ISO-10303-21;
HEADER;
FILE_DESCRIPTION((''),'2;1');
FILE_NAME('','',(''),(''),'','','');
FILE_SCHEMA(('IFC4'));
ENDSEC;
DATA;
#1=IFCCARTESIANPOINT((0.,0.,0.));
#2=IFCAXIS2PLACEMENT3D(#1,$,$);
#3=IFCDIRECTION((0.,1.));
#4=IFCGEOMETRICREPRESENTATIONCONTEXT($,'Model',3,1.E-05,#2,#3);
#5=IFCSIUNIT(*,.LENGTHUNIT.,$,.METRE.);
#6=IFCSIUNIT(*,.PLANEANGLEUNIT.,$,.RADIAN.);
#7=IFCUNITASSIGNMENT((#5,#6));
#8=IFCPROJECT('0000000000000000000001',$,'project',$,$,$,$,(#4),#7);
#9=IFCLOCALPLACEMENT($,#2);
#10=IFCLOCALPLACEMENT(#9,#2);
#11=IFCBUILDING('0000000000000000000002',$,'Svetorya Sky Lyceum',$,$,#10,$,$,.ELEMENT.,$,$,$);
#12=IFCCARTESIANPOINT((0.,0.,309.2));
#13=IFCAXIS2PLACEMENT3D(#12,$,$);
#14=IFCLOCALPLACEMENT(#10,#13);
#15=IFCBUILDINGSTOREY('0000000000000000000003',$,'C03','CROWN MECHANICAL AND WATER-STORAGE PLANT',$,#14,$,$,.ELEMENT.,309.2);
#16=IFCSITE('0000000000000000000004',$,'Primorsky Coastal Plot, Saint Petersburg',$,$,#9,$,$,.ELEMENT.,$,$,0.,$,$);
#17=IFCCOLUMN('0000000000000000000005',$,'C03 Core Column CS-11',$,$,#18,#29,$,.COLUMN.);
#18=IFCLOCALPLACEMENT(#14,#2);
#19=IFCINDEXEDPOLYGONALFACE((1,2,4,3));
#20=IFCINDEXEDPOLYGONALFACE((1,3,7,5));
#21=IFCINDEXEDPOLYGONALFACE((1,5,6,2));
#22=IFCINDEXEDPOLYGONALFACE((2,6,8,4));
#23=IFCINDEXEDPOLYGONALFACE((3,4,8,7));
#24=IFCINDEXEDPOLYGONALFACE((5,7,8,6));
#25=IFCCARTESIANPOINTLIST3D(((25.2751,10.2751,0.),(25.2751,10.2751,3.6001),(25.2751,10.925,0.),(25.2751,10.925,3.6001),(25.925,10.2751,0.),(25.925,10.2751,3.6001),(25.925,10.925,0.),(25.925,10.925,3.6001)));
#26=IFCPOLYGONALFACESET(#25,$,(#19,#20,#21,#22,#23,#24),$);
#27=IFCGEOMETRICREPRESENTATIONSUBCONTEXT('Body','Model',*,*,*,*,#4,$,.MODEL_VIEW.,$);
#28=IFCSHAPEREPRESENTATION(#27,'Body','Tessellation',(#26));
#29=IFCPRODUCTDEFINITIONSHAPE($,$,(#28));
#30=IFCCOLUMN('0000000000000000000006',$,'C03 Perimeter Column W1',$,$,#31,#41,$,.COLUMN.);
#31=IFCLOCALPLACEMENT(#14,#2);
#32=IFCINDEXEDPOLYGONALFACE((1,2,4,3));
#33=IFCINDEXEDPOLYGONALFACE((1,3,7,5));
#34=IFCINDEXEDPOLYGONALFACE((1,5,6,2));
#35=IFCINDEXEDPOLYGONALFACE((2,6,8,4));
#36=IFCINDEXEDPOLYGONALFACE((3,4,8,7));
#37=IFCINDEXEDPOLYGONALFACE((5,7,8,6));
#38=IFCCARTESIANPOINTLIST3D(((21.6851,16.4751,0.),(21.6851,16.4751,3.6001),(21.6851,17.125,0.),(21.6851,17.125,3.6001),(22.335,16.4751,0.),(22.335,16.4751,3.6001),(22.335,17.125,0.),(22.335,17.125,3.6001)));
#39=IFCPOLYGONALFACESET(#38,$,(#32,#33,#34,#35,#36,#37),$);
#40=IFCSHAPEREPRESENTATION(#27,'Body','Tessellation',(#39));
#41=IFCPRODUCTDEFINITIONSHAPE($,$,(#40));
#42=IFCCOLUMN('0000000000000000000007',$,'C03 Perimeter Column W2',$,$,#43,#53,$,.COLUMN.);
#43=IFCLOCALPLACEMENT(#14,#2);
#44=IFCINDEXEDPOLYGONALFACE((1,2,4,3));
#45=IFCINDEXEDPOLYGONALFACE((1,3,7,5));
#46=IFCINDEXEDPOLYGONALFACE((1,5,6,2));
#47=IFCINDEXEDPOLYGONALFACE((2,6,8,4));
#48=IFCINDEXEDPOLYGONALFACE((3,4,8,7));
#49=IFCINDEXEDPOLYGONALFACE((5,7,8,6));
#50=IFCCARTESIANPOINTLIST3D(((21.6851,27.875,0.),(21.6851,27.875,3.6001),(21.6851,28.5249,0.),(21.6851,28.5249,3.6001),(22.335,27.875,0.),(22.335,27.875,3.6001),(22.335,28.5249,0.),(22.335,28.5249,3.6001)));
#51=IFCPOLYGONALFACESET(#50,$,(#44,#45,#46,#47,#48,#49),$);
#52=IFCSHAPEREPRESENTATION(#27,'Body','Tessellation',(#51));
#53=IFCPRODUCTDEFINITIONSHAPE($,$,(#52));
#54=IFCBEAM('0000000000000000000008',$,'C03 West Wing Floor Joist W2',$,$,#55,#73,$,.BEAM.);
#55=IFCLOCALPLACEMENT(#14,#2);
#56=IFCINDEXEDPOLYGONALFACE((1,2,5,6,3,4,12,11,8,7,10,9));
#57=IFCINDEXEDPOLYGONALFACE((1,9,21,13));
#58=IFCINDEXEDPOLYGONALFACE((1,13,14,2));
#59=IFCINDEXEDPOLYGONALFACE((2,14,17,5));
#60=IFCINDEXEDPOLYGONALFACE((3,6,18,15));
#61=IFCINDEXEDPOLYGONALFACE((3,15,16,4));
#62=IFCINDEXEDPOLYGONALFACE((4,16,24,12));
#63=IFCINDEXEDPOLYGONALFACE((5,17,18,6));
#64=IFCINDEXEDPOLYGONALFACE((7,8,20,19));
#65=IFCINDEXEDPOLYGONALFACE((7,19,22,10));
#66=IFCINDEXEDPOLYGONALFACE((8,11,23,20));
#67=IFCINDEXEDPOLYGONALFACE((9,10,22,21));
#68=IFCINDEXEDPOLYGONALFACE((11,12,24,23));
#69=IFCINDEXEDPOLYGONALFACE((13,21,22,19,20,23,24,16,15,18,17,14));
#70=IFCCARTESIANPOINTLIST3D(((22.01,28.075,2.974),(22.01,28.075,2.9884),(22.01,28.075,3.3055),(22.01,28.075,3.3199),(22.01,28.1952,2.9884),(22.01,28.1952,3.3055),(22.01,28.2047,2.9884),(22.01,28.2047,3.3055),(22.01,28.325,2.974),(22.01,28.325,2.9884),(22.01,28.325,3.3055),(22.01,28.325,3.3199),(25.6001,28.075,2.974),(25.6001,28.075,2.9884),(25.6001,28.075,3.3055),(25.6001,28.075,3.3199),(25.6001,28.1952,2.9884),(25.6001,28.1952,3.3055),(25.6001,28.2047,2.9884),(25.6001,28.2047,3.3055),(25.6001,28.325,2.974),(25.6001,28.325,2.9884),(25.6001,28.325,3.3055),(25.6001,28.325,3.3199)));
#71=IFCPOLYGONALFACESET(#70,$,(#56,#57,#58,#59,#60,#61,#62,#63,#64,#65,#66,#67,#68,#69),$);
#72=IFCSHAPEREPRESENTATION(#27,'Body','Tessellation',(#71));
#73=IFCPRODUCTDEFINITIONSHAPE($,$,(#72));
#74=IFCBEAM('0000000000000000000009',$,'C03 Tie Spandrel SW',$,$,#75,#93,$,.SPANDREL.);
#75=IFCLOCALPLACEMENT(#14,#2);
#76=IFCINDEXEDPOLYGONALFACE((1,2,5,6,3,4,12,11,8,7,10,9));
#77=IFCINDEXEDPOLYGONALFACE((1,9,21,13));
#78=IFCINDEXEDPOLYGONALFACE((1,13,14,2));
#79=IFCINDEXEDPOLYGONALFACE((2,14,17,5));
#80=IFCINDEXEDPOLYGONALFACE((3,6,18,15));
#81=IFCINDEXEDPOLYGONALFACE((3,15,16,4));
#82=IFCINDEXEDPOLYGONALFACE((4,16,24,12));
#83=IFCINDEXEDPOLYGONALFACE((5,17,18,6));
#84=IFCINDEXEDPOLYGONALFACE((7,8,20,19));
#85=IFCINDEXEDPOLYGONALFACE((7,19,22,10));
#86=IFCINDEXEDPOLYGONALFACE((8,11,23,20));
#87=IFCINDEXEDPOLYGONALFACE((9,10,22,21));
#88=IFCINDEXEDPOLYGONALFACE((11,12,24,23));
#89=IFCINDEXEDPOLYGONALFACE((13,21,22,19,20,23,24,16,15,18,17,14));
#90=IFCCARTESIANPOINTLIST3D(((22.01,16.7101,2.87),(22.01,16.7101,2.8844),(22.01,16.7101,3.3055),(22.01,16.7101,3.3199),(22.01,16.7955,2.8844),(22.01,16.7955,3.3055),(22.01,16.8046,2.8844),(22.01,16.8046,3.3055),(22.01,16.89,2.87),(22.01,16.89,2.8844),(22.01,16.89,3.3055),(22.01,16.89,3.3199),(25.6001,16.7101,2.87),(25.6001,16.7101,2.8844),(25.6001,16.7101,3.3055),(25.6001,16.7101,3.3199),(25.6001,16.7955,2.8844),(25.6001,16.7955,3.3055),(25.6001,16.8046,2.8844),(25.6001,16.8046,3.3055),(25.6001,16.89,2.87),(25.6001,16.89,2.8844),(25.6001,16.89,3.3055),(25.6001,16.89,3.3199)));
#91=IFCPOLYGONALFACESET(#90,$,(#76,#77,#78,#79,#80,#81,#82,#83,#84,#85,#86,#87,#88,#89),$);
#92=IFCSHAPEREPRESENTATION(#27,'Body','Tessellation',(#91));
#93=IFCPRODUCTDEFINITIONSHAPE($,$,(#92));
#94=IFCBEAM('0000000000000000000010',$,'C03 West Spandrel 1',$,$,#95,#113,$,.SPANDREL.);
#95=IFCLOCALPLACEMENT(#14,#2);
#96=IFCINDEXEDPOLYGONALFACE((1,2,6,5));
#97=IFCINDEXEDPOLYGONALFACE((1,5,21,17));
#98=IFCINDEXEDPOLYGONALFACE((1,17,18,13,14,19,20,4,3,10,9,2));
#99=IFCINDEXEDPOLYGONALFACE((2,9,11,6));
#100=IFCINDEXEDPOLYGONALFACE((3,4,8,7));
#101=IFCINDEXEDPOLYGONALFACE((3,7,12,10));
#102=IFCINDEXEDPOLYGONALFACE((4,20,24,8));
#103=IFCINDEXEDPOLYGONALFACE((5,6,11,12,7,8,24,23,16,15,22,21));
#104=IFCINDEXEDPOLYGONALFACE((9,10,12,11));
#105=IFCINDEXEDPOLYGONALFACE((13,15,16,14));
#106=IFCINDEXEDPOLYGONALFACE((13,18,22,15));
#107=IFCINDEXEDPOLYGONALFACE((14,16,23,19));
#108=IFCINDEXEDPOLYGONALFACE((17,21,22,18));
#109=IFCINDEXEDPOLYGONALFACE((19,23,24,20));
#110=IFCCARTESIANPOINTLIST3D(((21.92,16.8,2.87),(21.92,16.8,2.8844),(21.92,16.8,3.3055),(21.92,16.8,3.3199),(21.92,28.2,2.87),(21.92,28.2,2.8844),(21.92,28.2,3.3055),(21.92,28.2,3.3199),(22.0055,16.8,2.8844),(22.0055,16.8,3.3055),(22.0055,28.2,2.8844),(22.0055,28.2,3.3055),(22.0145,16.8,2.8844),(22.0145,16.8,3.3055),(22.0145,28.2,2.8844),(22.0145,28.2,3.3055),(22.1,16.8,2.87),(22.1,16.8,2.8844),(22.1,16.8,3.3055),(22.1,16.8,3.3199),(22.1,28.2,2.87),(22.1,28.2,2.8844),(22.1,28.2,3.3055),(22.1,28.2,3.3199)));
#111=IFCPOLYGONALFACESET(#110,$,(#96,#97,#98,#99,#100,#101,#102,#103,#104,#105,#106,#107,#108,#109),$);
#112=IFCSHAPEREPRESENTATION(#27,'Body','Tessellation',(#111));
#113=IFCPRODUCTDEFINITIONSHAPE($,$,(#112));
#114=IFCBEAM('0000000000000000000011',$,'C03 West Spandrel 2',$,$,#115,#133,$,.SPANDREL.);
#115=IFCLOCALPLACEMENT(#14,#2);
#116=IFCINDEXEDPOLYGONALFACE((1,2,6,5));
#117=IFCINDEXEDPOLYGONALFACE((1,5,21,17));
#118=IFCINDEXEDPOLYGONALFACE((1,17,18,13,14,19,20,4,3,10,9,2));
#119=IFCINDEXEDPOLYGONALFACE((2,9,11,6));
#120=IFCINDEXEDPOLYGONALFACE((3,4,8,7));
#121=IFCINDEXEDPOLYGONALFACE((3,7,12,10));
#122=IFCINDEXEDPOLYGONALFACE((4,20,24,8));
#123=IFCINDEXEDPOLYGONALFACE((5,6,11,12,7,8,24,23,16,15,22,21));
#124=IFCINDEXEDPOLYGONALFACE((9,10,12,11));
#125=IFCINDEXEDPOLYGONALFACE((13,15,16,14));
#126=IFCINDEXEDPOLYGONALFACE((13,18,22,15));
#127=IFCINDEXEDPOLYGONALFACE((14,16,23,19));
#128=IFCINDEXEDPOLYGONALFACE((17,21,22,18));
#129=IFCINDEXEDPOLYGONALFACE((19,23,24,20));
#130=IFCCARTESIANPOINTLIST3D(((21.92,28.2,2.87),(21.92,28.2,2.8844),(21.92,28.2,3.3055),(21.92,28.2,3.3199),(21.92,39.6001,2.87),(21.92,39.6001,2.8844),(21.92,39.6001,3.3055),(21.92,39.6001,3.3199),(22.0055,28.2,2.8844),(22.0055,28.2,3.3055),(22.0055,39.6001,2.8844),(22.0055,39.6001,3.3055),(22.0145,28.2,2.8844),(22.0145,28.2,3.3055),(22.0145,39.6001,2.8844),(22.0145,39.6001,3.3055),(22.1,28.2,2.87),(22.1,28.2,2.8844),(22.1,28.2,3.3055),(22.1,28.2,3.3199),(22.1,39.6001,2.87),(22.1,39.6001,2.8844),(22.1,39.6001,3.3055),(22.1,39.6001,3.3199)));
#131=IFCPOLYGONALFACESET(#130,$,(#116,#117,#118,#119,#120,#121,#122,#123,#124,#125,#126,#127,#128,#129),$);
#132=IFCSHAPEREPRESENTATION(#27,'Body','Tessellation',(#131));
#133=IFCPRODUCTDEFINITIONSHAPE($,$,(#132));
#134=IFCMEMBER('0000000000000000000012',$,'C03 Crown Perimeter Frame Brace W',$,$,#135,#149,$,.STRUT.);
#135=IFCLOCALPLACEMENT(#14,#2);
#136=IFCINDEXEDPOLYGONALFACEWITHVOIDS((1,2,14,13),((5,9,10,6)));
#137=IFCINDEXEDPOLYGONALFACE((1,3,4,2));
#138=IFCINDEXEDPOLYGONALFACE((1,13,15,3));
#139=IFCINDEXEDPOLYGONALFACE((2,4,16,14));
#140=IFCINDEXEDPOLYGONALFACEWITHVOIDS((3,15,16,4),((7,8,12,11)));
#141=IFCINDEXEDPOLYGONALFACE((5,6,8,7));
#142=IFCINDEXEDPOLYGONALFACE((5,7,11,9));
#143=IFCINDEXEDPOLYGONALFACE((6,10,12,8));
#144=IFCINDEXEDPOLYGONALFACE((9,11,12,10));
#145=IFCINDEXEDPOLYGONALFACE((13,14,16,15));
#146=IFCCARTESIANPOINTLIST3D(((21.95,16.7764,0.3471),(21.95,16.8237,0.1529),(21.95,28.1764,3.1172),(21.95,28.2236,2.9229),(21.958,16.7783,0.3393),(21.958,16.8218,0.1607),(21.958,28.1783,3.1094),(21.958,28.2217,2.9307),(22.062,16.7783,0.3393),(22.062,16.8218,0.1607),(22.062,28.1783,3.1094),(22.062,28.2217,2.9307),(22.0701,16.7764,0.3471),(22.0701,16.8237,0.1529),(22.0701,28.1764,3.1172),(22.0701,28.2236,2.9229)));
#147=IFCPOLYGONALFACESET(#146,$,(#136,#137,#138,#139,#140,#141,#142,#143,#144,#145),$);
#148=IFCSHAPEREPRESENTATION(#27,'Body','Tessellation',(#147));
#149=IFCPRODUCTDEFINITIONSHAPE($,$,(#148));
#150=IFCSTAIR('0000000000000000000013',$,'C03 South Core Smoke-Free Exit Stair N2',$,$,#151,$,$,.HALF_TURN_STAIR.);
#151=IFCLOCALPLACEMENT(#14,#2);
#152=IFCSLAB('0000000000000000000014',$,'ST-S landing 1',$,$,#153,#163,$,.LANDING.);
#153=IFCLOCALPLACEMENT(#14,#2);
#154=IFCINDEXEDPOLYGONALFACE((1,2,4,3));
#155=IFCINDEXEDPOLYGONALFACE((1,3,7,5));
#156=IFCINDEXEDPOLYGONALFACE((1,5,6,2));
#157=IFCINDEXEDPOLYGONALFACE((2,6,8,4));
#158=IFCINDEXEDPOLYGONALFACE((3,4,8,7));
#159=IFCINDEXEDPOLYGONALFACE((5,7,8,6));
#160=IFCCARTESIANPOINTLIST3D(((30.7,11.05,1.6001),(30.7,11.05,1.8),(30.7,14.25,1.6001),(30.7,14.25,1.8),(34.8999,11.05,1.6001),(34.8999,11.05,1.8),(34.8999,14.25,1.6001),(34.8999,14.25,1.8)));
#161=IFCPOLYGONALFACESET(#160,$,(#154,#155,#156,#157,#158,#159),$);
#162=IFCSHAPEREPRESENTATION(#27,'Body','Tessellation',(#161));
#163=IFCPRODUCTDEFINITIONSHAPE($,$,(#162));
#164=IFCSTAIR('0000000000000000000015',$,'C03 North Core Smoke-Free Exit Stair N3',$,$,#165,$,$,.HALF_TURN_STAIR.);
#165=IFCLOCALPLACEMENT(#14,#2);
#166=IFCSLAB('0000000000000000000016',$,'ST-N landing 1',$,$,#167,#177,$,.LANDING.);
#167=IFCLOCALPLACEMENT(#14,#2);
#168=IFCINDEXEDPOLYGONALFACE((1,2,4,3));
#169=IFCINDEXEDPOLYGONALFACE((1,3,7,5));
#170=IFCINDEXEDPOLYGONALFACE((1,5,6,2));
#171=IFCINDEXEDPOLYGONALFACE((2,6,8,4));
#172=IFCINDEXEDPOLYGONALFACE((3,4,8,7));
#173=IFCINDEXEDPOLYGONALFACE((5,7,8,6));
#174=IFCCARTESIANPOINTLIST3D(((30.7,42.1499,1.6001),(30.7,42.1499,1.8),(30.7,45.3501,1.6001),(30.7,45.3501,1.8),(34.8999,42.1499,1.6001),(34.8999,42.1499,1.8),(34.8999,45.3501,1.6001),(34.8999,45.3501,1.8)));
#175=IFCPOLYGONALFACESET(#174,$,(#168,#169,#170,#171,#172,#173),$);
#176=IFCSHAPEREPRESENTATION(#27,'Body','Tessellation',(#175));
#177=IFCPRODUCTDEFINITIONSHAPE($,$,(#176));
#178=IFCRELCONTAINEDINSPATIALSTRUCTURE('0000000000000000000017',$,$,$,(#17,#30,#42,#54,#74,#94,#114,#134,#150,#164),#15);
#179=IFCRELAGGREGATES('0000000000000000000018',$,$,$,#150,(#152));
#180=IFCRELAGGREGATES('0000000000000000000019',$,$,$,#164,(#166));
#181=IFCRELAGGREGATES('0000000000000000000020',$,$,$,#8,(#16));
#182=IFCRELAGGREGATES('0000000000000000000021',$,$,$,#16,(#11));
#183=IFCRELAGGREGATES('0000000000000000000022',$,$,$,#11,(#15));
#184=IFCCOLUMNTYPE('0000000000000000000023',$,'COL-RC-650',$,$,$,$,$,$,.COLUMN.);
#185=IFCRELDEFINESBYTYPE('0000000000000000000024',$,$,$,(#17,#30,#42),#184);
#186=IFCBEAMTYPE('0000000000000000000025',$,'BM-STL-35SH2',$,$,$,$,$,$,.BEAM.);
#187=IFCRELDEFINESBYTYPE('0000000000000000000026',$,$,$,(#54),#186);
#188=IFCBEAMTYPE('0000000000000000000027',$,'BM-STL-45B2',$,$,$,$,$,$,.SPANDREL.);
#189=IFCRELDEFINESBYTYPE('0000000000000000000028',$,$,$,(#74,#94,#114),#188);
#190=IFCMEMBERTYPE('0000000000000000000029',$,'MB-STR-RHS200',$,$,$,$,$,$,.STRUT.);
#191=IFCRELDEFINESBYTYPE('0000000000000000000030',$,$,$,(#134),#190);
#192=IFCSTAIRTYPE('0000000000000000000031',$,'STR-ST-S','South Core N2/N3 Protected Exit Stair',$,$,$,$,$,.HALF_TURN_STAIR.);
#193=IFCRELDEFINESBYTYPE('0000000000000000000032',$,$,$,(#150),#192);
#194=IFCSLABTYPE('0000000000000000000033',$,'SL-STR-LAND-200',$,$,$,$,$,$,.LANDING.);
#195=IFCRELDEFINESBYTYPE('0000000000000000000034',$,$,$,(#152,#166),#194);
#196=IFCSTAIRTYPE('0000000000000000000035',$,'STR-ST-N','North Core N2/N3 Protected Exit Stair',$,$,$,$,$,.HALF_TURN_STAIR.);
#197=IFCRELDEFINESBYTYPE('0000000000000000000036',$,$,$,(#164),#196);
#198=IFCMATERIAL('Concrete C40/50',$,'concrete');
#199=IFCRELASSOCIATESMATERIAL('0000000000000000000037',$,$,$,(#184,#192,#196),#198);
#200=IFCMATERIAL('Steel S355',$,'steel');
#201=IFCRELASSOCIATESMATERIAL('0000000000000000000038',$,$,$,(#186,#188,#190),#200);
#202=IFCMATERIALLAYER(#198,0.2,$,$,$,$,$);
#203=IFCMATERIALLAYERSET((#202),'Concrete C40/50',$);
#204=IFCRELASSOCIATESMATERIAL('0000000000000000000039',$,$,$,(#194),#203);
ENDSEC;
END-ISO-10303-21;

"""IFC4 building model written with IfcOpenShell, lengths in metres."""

from ifc_helpers import new_model, si_unit, direction, frame, origin, origin_2d, place, context, subcontext, project, spatial, polyline, rectangle, hollow_rectangle, i_section, outline, extrude, material, layer, layer_set, material_profile, profile_set, type_object, element, aggregate, save


model = new_model("IFC4")

# Units and contexts
model_context = context("Model", 3, precision=1e-05, world=origin(), true_north=direction((0.0, 1.0)))
body_context = subcontext(model_context, "Body", "Model", "MODEL_VIEW")
ifc_project = project(units=[si_unit("LENGTHUNIT", "METRE"), si_unit("PLANEANGLEUNIT", "RADIAN")], contexts=[model_context])

# Site, building, storey
site_placement = place(None, origin())
site = spatial("IfcSite", under=ifc_project, at=site_placement, Name="Primorsky Coastal Plot, Saint Petersburg", CompositionType="ELEMENT", RefElevation=0.0)
building_placement = place(site_placement, origin())
building = spatial("IfcBuilding", under=site, at=building_placement, Name="Svetorya Sky Lyceum", CompositionType="ELEMENT")
storey_placement = place(building_placement, frame((0.0, 0.0, 309.2)))
storey = spatial("IfcBuildingStorey", under=building, at=storey_placement, Name="C03", Description="CROWN MECHANICAL AND WATER-STORAGE PLANT", CompositionType="ELEMENT", Elevation=309.2)

# Columns
ifc_material_1 = material(Name="Concrete C40/50", Category="concrete")
ifc_material_profile_1 = material_profile(ifc_material_1, rectangle(XDim=0.6499, YDim=0.6499, at=origin_2d()), Name="RC COL 650x650")
ifc_profile_set_1 = profile_set([ifc_material_profile_1], Name="Concrete C40/50")
column_type = type_object("IfcColumnType", Name="COL-RC-650", PredefinedType="COLUMN", material=ifc_profile_set_1)
for number, where, z_axis, x_axis, name in (
    (1, (25.6001, 10.6001, 0.0), (0.0, 0.0, 1.0), (1.0, 0.0, 0.0), "C03 Core Column CS-11"),
    (2, (22.01, 16.8, 0.0), (0.0, 0.0, 1.0), (1.0, 0.0, 0.0), "C03 Perimeter Column W1"),
    (3, (22.01, 28.2, 0.0), (0.0, 0.0, 1.0), (1.0, 0.0, 0.0), "C03 Perimeter Column W2"),
):
    element("IfcColumn", number, at=place(storey_placement, frame(where, z_axis=z_axis, x_axis=x_axis)), inside=storey, type_object=column_type, Name=name, PredefinedType="COLUMN", context=body_context, shape_type="SweptSolid", body=[
        extrude(rectangle(XDim=0.6499, YDim=0.6499, at=origin_2d()), origin(), (0.0, 0.0, 1.0), 3.6001),
    ])

# Beams
ifc_material_2 = material(Name="Steel S355", Category="steel")
ifc_material_profile_2 = material_profile(ifc_material_2, i_section(OverallWidth=0.25, OverallDepth=0.3459, WebThickness=0.0095, FlangeThickness=0.0144, at=origin_2d()), Name="GOST 35Sh2")
ifc_profile_set_2 = profile_set([ifc_material_profile_2], Name="Steel S355")
beam_type_1 = type_object("IfcBeamType", Name="BM-STL-35SH2", PredefinedType="BEAM", material=ifc_profile_set_2)
beam_1_placement = place(storey_placement, frame((22.01, 28.2, 3.147), z_axis=(1.0, 0.0, 0.0), x_axis=(0.0, 1.0, 0.0)))
element("IfcBeam", 4, at=beam_1_placement, inside=storey, type_object=beam_type_1, Name="C03 West Wing Floor Joist W2", PredefinedType="BEAM", context=body_context, shape_type="SweptSolid", body=[
    extrude(i_section(OverallWidth=0.25, OverallDepth=0.3459, WebThickness=0.0095, FlangeThickness=0.0144, at=origin_2d()), origin(), (0.0, 0.0, 1.0), 3.5901),
])
ifc_material_profile_3 = material_profile(ifc_material_2, i_section(OverallWidth=0.1799, OverallDepth=0.45, WebThickness=0.009, FlangeThickness=0.0144, at=origin_2d()), Name="GOST 45B2")
ifc_profile_set_3 = profile_set([ifc_material_profile_3], Name="Steel S355")
beam_type_2 = type_object("IfcBeamType", Name="BM-STL-45B2", PredefinedType="SPANDREL", material=ifc_profile_set_3)
beam_2_placement = place(storey_placement, frame((22.01, 16.8, 3.095), z_axis=(1.0, 0.0, 0.0), x_axis=(0.0, 1.0, 0.0)))
element("IfcBeam", 5, at=beam_2_placement, inside=storey, type_object=beam_type_2, Name="C03 Tie Spandrel SW", PredefinedType="SPANDREL", context=body_context, shape_type="SweptSolid", body=[
    extrude(i_section(OverallWidth=0.1799, OverallDepth=0.45, WebThickness=0.009, FlangeThickness=0.0144, at=origin_2d()), origin(), (0.0, 0.0, 1.0), 3.5901),
])
beam_3_placement = place(storey_placement, frame((22.01, 16.8, 3.095), z_axis=(0.0, 1.0, 0.0), x_axis=(-1.0, 0.0, 0.0)))
element("IfcBeam", 6, at=beam_3_placement, inside=storey, type_object=beam_type_2, Name="C03 West Spandrel 1", PredefinedType="SPANDREL", context=body_context, shape_type="SweptSolid", body=[
    extrude(i_section(OverallWidth=0.1799, OverallDepth=0.45, WebThickness=0.009, FlangeThickness=0.0144, at=origin_2d()), origin(), (0.0, 0.0, 1.0), 11.3999),
])
beam_4_placement = place(storey_placement, frame((22.01, 28.2, 3.095), z_axis=(0.0, 1.0, 0.0), x_axis=(-1.0, 0.0, 0.0)))
element("IfcBeam", 7, at=beam_4_placement, inside=storey, type_object=beam_type_2, Name="C03 West Spandrel 2", PredefinedType="SPANDREL", context=body_context, shape_type="SweptSolid", body=[
    extrude(i_section(OverallWidth=0.1799, OverallDepth=0.45, WebThickness=0.009, FlangeThickness=0.0144, at=origin_2d()), origin(), (0.0, 0.0, 1.0), 11.4001),
])

# Member
ifc_material_profile_4 = material_profile(ifc_material_2, hollow_rectangle(XDim=0.1201, YDim=0.2, WallThickness=0.0081, at=origin_2d()), Name="RHS 200x120x8")
ifc_profile_set_4 = profile_set([ifc_material_profile_4], Name="Steel S355")
member_type = type_object("IfcMemberType", Name="MB-STR-RHS200", PredefinedType="STRUT", material=ifc_profile_set_4)
member_placement = place(storey_placement, frame((22.01, 16.8, 0.25), z_axis=(0.0, 0.971725, 0.236116), x_axis=(-1.0, 0.0, 0.0)))
element("IfcMember", 8, at=member_placement, inside=storey, type_object=member_type, Name="C03 Crown Perimeter Frame Brace W", PredefinedType="STRUT", context=body_context, shape_type="SweptSolid", body=[
    extrude(hollow_rectangle(XDim=0.1201, YDim=0.2, WallThickness=0.0081, at=origin_2d()), origin(), (0.0, 0.0, 1.0), 11.7317),
])

# Stairs, slabs
stair_type_1 = type_object("IfcStairType", Name="STR-ST-S", Description="South Core N2/N3 Protected Exit Stair", PredefinedType="HALF_TURN_STAIR", material=ifc_material_1)
stair_1_placement = place(storey_placement, origin())
stair_1 = element("IfcStair", 9, at=stair_1_placement, inside=storey, type_object=stair_type_1, Name="C03 South Core Smoke-Free Exit Stair N2", PredefinedType="HALF_TURN_STAIR")
ifc_layer_1 = layer(ifc_material_1, 0.2)
ifc_layer_set_1 = layer_set([ifc_layer_1], Name="Concrete C40/50")
slab_type_1 = type_object("IfcSlabType", Name="SL-STR-LAND-200", PredefinedType="LANDING", material=ifc_layer_set_1)
slab_1_placement = place(storey_placement, frame((0.0, 0.0, 1.6001)))
slab_1 = element("IfcSlab", 10, at=slab_1_placement, type_object=slab_type_1, Name="ST-S landing 1", PredefinedType="LANDING", context=body_context, shape_type="SweptSolid", body=[
    extrude(outline(polyline([(30.7, 11.05), (34.8999, 11.05), (34.8999, 14.25), (30.7, 14.25), (30.7, 11.05)])), origin(), (0.0, 0.0, 1.0), 0.2),
])
aggregate(stair_1, [slab_1])
stair_type_2 = type_object("IfcStairType", Name="STR-ST-N", Description="North Core N2/N3 Protected Exit Stair", PredefinedType="HALF_TURN_STAIR", material=ifc_material_1)
stair_2_placement = place(storey_placement, origin())
stair_2 = element("IfcStair", 11, at=stair_2_placement, inside=storey, type_object=stair_type_2, Name="C03 North Core Smoke-Free Exit Stair N3", PredefinedType="HALF_TURN_STAIR")
slab_2_placement = place(storey_placement, frame((0.0, 0.0, 1.6001)))
slab_2 = element("IfcSlab", 12, at=slab_2_placement, type_object=slab_type_1, Name="ST-N landing 1", PredefinedType="LANDING", context=body_context, shape_type="SweptSolid", body=[
    extrude(outline(polyline([(30.7, 42.1499), (34.8999, 42.1499), (34.8999, 45.3501), (30.7, 45.3501), (30.7, 42.1499)])), origin(), (0.0, 0.0, 1.0), 0.2),
])
aggregate(stair_2, [slab_2])

save(model, "model.ifc")
